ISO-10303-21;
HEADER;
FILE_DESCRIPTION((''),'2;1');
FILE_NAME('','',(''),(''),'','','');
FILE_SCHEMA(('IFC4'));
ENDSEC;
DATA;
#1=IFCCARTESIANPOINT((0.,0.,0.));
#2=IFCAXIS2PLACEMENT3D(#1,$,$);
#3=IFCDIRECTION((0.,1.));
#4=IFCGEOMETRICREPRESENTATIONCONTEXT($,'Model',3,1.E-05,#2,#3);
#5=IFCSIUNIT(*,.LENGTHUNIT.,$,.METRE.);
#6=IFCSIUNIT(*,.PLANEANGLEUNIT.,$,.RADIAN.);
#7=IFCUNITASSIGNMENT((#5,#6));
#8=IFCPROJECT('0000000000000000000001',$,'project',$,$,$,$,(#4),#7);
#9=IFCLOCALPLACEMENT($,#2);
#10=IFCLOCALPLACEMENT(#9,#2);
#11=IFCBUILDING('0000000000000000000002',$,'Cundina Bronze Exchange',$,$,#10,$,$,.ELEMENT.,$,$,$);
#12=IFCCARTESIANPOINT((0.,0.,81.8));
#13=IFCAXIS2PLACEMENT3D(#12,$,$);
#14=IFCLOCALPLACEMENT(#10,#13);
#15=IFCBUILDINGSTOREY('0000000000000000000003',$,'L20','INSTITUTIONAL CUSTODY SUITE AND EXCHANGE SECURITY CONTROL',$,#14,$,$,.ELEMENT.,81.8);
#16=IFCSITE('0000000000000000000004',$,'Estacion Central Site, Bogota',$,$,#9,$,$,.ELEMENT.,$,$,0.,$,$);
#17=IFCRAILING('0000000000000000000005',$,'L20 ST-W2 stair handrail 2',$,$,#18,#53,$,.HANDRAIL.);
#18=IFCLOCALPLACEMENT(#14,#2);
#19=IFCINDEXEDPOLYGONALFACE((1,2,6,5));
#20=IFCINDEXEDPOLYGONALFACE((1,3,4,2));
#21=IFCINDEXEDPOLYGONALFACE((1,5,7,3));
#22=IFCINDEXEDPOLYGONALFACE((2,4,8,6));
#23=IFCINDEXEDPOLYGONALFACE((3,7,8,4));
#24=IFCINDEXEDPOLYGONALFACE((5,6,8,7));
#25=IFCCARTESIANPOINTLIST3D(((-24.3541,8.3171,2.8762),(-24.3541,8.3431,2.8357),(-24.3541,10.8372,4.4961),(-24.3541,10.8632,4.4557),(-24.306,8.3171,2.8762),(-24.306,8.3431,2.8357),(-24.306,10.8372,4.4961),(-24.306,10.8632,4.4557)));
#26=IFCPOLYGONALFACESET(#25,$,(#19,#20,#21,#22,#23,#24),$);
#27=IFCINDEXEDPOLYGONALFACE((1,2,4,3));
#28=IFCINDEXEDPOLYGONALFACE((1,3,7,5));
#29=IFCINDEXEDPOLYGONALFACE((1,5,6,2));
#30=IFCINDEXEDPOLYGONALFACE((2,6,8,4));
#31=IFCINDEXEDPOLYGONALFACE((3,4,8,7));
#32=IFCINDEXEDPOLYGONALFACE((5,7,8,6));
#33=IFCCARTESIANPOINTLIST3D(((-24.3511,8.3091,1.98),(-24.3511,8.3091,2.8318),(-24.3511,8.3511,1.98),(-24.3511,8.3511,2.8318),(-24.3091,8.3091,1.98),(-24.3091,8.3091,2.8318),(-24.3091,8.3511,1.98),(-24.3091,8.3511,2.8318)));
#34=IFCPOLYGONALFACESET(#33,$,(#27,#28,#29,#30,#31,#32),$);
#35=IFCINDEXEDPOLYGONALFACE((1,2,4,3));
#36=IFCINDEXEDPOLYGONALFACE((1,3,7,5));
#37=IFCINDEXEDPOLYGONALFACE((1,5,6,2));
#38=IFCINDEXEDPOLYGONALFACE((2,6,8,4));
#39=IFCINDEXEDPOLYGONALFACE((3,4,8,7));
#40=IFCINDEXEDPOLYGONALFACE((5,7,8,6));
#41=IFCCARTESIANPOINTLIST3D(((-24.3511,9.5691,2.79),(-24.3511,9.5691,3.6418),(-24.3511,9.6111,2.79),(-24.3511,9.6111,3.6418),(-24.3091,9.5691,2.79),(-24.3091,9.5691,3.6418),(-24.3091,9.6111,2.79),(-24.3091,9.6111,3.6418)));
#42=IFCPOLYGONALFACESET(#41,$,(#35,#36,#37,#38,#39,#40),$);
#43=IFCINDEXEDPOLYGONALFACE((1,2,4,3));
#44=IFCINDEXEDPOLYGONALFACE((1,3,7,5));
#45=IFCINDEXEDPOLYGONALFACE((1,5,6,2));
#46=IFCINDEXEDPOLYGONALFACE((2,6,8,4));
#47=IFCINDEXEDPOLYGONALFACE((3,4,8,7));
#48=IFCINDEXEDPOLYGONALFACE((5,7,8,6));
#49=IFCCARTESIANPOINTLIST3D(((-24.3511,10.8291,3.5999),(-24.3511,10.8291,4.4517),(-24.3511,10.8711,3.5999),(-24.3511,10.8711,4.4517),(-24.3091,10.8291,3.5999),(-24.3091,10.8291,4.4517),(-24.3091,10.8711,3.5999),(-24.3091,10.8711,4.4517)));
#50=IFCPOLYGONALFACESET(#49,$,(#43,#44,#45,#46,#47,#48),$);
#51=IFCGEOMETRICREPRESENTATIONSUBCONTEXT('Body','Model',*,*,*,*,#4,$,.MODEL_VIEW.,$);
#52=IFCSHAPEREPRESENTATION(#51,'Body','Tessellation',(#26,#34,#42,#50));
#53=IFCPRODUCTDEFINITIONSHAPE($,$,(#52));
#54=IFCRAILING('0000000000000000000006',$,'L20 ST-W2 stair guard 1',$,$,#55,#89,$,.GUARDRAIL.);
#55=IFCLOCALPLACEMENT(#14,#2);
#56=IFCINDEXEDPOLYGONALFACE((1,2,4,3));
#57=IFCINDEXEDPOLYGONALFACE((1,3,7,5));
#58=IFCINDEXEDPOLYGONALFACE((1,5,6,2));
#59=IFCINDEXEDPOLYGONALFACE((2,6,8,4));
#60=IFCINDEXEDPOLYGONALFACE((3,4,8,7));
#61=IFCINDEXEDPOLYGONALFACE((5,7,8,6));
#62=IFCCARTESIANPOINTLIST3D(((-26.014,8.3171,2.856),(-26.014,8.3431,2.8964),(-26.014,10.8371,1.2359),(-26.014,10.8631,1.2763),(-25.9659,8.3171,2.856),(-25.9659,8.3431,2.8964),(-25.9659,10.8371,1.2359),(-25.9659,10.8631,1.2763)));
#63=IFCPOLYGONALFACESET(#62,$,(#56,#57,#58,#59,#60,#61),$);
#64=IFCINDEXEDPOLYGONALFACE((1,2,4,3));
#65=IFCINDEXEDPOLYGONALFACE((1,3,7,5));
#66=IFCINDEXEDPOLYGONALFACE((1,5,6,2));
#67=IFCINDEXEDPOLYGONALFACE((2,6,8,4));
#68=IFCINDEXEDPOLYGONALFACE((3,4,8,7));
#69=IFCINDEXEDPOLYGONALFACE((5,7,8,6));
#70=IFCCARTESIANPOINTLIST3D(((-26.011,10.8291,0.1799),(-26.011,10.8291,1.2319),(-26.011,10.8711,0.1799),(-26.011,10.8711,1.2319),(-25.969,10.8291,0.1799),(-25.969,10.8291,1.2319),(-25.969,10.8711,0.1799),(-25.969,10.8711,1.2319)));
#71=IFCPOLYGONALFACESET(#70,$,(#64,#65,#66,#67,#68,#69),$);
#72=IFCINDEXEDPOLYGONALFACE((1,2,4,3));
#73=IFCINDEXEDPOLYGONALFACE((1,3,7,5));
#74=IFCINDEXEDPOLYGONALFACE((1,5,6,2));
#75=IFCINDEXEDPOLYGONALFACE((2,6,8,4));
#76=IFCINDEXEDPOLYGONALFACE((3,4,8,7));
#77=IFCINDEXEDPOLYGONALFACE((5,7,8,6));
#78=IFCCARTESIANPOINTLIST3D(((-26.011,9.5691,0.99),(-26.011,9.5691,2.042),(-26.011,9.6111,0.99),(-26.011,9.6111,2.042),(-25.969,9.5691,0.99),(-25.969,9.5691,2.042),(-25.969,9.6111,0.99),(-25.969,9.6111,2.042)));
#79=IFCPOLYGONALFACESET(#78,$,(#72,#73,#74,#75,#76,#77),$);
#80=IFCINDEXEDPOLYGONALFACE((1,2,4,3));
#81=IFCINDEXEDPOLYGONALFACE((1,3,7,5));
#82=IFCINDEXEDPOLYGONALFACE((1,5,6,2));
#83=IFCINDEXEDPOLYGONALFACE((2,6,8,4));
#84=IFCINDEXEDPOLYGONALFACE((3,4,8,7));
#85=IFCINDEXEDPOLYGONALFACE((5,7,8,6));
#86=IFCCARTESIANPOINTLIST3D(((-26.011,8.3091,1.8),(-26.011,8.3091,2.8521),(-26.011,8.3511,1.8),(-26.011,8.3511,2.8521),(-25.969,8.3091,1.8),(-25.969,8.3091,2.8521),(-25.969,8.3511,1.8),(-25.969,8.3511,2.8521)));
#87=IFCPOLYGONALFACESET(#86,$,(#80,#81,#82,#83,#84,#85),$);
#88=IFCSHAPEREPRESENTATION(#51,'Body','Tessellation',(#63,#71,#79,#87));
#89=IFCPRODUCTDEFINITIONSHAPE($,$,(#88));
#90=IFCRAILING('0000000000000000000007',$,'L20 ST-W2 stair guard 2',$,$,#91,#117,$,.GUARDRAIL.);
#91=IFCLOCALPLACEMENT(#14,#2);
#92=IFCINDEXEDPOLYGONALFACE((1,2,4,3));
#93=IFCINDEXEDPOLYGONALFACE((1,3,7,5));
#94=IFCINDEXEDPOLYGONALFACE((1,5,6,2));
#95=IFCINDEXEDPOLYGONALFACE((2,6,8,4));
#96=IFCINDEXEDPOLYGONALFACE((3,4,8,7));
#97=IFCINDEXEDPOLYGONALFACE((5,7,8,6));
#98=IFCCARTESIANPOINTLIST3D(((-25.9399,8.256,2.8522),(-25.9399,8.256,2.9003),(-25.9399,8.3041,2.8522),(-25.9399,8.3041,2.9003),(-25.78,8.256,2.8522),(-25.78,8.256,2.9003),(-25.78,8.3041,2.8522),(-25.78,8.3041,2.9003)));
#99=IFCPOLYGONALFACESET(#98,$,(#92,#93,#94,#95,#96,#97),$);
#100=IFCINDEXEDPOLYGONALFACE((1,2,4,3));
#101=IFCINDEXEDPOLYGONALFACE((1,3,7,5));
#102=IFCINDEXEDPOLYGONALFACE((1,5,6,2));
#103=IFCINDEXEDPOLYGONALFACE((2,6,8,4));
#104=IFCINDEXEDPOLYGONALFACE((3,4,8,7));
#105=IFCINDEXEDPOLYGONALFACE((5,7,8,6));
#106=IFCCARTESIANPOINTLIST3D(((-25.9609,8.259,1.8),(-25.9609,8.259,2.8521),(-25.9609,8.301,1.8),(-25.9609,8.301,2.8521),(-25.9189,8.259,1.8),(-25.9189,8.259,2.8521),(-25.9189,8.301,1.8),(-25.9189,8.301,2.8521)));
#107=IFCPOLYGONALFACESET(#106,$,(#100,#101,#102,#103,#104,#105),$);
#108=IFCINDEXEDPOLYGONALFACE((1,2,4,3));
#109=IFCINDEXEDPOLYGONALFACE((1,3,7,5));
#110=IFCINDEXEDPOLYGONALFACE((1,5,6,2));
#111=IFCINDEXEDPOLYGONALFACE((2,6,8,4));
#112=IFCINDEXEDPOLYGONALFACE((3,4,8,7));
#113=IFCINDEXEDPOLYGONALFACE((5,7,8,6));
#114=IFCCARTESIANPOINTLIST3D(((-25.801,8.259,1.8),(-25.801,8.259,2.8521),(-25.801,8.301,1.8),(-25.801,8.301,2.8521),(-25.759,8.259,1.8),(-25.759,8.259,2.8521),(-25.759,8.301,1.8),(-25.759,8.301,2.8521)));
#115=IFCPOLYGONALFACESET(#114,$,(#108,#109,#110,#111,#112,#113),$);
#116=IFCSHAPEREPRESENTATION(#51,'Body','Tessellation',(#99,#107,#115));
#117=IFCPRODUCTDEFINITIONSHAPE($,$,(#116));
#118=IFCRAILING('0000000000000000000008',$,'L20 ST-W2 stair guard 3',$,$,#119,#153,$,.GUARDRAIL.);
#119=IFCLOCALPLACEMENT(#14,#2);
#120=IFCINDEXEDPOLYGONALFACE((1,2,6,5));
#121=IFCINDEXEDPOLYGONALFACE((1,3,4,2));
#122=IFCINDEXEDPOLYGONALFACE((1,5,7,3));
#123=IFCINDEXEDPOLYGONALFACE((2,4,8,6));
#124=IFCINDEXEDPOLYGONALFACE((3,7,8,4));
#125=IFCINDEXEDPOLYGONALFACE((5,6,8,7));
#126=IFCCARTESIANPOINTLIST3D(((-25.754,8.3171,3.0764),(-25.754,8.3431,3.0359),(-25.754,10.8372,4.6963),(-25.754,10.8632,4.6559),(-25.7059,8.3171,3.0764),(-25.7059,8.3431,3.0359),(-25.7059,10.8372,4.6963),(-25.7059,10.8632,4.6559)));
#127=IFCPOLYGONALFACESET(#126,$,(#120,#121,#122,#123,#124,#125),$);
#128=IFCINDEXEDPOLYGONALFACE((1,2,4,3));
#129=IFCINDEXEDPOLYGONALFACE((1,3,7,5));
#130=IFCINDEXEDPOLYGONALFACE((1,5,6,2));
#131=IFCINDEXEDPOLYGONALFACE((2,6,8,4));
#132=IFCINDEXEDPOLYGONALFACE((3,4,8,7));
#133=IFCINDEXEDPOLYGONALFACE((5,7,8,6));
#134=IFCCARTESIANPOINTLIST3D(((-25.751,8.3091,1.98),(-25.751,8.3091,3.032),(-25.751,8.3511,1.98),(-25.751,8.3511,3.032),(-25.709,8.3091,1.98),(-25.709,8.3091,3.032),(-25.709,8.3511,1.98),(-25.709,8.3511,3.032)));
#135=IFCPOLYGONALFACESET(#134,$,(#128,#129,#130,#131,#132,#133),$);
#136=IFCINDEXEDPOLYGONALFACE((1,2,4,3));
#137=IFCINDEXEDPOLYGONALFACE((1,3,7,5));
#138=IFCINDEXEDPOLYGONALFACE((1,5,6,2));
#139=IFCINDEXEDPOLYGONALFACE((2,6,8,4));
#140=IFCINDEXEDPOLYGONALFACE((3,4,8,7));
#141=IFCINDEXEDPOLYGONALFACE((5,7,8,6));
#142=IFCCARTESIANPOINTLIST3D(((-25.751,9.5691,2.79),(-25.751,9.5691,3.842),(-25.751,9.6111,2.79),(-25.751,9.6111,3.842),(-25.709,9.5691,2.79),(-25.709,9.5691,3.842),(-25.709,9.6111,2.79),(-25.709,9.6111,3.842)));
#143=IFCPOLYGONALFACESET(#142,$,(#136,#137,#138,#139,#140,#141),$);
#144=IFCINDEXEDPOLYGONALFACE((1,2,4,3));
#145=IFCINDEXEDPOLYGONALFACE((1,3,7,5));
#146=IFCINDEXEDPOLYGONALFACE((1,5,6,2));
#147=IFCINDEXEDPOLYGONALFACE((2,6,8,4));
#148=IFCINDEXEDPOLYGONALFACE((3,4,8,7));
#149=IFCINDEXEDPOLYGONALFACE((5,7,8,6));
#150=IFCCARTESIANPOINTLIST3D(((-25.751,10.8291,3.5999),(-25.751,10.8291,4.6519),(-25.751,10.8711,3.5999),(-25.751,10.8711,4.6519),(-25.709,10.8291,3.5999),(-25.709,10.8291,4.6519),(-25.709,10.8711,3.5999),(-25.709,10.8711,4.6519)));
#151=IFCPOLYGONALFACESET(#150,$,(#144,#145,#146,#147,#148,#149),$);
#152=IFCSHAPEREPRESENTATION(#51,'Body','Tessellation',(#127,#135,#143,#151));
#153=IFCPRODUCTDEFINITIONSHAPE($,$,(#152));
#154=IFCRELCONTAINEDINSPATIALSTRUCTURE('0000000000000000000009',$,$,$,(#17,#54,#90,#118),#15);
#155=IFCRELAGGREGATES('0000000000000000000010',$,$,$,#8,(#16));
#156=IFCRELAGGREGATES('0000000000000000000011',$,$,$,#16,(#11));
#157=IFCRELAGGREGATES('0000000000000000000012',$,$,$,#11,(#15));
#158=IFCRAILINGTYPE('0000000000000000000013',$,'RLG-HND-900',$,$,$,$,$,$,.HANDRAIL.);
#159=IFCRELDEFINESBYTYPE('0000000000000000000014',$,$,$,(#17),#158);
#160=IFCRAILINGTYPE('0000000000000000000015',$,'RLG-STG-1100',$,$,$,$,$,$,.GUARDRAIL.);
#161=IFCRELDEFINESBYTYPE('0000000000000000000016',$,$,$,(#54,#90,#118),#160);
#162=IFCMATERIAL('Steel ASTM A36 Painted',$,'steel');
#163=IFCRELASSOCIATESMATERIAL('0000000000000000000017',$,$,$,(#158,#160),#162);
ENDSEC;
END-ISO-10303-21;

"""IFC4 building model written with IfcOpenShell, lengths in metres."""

from ifc_helpers import new_model, si_unit, direction, frame, origin, origin_2d, place, context, subcontext, project, spatial, rectangle, extrude, material, type_object, element, save


model = new_model("IFC4")

# Units and contexts
model_context = context("Model", 3, precision=1e-05, world=origin(), true_north=direction((0.0, 1.0)))
body_context = subcontext(model_context, "Body", "Model", "MODEL_VIEW")
ifc_project = project(units=[si_unit("LENGTHUNIT", "METRE"), si_unit("PLANEANGLEUNIT", "RADIAN")], contexts=[model_context])

# Site, building, storey
site_placement = place(None, origin())
site = spatial("IfcSite", under=ifc_project, at=site_placement, Name="Estacion Central Site, Bogota", CompositionType="ELEMENT", RefElevation=0.0)
building_placement = place(site_placement, origin())
building = spatial("IfcBuilding", under=site, at=building_placement, Name="Cundina Bronze Exchange", CompositionType="ELEMENT")
storey_placement = place(building_placement, frame((0.0, 0.0, 81.8)))
storey = spatial("IfcBuildingStorey", under=building, at=storey_placement, Name="L20", Description="INSTITUTIONAL CUSTODY SUITE AND EXCHANGE SECURITY CONTROL", CompositionType="ELEMENT", Elevation=81.8)

# Shared definitions
ifc_material_1 = material(Name="Steel ASTM A36 Painted", Category="steel")

# Railings
railing_type_1 = type_object("IfcRailingType", Name="RLG-HND-900", PredefinedType="HANDRAIL", material=ifc_material_1)
railing_1_placement = place(storey_placement, frame((-24.3301, 8.3301, 1.98)))
element("IfcRailing", 1, at=railing_1_placement, inside=storey, type_object=railing_type_1, Name="L20 ST-W2 stair handrail 2", PredefinedType="HANDRAIL", context=body_context, shape_type="SweptSolid", body=[
    extrude(rectangle(XDim=0.0481, YDim=0.0481, at=origin_2d()), frame((0.0, 0.0, 0.876), z_axis=(0.0, 0.8412, 0.540725), x_axis=(-1.0, 0.0, 0.0)), (0.0, 0.0, 1.0), 2.9958),
    extrude(rectangle(XDim=0.042, YDim=0.042, at=origin_2d()), origin(), (0.0, 0.0, 1.0), 0.8518),
    extrude(rectangle(XDim=0.042, YDim=0.042, at=origin_2d()), frame((0.0, 1.26, 0.8101)), (0.0, 0.0, 1.0), 0.8518),
    extrude(rectangle(XDim=0.042, YDim=0.042, at=origin_2d()), frame((0.0, 2.52, 1.6199)), (0.0, 0.0, 1.0), 0.8518),
])
railing_type_2 = type_object("IfcRailingType", Name="RLG-STG-1100", PredefinedType="GUARDRAIL", material=ifc_material_1)
railing_2_placement = place(storey_placement, frame((-25.99, 10.8501, 0.1799)))
element("IfcRailing", 2, at=railing_2_placement, inside=storey, type_object=railing_type_2, Name="L20 ST-W2 stair guard 1", PredefinedType="GUARDRAIL", context=body_context, shape_type="SweptSolid", body=[
    extrude(rectangle(XDim=0.0481, YDim=0.0481, at=origin_2d()), frame((0.0, 0.0, 1.0762), z_axis=(0.0, -0.841163, 0.540782), x_axis=(1.0, 0.0, 0.0)), (0.0, 0.0, 1.0), 2.9958),
    extrude(rectangle(XDim=0.042, YDim=0.042, at=origin_2d()), origin(), (0.0, 0.0, 1.0), 1.052),
    extrude(rectangle(XDim=0.042, YDim=0.042, at=origin_2d()), frame((0.0, -1.26, 0.8101)), (0.0, 0.0, 1.0), 1.052),
    extrude(rectangle(XDim=0.042, YDim=0.042, at=origin_2d()), frame((0.0, -2.52, 1.6201)), (0.0, 0.0, 1.0), 1.052),
])
railing_3_placement = place(storey_placement, frame((-25.9399, 8.28, 1.8)))
element("IfcRailing", 3, at=railing_3_placement, inside=storey, type_object=railing_type_2, Name="L20 ST-W2 stair guard 2", PredefinedType="GUARDRAIL", context=body_context, shape_type="SweptSolid", body=[
    extrude(rectangle(XDim=0.0481, YDim=0.0481, at=origin_2d()), frame((0.0, 0.0, 1.0762), z_axis=(1.0, 0.0, 0.0), x_axis=(0.0, 1.0, 0.0)), (0.0, 0.0, 1.0), 0.1599),
    extrude(rectangle(XDim=0.042, YDim=0.042, at=origin_2d()), origin(), (0.0, 0.0, 1.0), 1.052),
    extrude(rectangle(XDim=0.042, YDim=0.042, at=origin_2d()), frame((0.1599, 0.0, 0.0)), (0.0, 0.0, 1.0), 1.052),
])
railing_4_placement = place(storey_placement, frame((-25.73, 8.3301, 1.98)))
element("IfcRailing", 4, at=railing_4_placement, inside=storey, type_object=railing_type_2, Name="L20 ST-W2 stair guard 3", PredefinedType="GUARDRAIL", context=body_context, shape_type="SweptSolid", body=[
    extrude(rectangle(XDim=0.0481, YDim=0.0481, at=origin_2d()), frame((0.0, 0.0, 1.0762), z_axis=(0.0, 0.8412, 0.540725), x_axis=(-1.0, 0.0, 0.0)), (0.0, 0.0, 1.0), 2.9958),
    extrude(rectangle(XDim=0.042, YDim=0.042, at=origin_2d()), origin(), (0.0, 0.0, 1.0), 1.052),
    extrude(rectangle(XDim=0.042, YDim=0.042, at=origin_2d()), frame((0.0, 1.26, 0.8101)), (0.0, 0.0, 1.0), 1.052),
    extrude(rectangle(XDim=0.042, YDim=0.042, at=origin_2d()), frame((0.0, 2.52, 1.6199)), (0.0, 0.0, 1.0), 1.052),
])

save(model, "model.ifc")
